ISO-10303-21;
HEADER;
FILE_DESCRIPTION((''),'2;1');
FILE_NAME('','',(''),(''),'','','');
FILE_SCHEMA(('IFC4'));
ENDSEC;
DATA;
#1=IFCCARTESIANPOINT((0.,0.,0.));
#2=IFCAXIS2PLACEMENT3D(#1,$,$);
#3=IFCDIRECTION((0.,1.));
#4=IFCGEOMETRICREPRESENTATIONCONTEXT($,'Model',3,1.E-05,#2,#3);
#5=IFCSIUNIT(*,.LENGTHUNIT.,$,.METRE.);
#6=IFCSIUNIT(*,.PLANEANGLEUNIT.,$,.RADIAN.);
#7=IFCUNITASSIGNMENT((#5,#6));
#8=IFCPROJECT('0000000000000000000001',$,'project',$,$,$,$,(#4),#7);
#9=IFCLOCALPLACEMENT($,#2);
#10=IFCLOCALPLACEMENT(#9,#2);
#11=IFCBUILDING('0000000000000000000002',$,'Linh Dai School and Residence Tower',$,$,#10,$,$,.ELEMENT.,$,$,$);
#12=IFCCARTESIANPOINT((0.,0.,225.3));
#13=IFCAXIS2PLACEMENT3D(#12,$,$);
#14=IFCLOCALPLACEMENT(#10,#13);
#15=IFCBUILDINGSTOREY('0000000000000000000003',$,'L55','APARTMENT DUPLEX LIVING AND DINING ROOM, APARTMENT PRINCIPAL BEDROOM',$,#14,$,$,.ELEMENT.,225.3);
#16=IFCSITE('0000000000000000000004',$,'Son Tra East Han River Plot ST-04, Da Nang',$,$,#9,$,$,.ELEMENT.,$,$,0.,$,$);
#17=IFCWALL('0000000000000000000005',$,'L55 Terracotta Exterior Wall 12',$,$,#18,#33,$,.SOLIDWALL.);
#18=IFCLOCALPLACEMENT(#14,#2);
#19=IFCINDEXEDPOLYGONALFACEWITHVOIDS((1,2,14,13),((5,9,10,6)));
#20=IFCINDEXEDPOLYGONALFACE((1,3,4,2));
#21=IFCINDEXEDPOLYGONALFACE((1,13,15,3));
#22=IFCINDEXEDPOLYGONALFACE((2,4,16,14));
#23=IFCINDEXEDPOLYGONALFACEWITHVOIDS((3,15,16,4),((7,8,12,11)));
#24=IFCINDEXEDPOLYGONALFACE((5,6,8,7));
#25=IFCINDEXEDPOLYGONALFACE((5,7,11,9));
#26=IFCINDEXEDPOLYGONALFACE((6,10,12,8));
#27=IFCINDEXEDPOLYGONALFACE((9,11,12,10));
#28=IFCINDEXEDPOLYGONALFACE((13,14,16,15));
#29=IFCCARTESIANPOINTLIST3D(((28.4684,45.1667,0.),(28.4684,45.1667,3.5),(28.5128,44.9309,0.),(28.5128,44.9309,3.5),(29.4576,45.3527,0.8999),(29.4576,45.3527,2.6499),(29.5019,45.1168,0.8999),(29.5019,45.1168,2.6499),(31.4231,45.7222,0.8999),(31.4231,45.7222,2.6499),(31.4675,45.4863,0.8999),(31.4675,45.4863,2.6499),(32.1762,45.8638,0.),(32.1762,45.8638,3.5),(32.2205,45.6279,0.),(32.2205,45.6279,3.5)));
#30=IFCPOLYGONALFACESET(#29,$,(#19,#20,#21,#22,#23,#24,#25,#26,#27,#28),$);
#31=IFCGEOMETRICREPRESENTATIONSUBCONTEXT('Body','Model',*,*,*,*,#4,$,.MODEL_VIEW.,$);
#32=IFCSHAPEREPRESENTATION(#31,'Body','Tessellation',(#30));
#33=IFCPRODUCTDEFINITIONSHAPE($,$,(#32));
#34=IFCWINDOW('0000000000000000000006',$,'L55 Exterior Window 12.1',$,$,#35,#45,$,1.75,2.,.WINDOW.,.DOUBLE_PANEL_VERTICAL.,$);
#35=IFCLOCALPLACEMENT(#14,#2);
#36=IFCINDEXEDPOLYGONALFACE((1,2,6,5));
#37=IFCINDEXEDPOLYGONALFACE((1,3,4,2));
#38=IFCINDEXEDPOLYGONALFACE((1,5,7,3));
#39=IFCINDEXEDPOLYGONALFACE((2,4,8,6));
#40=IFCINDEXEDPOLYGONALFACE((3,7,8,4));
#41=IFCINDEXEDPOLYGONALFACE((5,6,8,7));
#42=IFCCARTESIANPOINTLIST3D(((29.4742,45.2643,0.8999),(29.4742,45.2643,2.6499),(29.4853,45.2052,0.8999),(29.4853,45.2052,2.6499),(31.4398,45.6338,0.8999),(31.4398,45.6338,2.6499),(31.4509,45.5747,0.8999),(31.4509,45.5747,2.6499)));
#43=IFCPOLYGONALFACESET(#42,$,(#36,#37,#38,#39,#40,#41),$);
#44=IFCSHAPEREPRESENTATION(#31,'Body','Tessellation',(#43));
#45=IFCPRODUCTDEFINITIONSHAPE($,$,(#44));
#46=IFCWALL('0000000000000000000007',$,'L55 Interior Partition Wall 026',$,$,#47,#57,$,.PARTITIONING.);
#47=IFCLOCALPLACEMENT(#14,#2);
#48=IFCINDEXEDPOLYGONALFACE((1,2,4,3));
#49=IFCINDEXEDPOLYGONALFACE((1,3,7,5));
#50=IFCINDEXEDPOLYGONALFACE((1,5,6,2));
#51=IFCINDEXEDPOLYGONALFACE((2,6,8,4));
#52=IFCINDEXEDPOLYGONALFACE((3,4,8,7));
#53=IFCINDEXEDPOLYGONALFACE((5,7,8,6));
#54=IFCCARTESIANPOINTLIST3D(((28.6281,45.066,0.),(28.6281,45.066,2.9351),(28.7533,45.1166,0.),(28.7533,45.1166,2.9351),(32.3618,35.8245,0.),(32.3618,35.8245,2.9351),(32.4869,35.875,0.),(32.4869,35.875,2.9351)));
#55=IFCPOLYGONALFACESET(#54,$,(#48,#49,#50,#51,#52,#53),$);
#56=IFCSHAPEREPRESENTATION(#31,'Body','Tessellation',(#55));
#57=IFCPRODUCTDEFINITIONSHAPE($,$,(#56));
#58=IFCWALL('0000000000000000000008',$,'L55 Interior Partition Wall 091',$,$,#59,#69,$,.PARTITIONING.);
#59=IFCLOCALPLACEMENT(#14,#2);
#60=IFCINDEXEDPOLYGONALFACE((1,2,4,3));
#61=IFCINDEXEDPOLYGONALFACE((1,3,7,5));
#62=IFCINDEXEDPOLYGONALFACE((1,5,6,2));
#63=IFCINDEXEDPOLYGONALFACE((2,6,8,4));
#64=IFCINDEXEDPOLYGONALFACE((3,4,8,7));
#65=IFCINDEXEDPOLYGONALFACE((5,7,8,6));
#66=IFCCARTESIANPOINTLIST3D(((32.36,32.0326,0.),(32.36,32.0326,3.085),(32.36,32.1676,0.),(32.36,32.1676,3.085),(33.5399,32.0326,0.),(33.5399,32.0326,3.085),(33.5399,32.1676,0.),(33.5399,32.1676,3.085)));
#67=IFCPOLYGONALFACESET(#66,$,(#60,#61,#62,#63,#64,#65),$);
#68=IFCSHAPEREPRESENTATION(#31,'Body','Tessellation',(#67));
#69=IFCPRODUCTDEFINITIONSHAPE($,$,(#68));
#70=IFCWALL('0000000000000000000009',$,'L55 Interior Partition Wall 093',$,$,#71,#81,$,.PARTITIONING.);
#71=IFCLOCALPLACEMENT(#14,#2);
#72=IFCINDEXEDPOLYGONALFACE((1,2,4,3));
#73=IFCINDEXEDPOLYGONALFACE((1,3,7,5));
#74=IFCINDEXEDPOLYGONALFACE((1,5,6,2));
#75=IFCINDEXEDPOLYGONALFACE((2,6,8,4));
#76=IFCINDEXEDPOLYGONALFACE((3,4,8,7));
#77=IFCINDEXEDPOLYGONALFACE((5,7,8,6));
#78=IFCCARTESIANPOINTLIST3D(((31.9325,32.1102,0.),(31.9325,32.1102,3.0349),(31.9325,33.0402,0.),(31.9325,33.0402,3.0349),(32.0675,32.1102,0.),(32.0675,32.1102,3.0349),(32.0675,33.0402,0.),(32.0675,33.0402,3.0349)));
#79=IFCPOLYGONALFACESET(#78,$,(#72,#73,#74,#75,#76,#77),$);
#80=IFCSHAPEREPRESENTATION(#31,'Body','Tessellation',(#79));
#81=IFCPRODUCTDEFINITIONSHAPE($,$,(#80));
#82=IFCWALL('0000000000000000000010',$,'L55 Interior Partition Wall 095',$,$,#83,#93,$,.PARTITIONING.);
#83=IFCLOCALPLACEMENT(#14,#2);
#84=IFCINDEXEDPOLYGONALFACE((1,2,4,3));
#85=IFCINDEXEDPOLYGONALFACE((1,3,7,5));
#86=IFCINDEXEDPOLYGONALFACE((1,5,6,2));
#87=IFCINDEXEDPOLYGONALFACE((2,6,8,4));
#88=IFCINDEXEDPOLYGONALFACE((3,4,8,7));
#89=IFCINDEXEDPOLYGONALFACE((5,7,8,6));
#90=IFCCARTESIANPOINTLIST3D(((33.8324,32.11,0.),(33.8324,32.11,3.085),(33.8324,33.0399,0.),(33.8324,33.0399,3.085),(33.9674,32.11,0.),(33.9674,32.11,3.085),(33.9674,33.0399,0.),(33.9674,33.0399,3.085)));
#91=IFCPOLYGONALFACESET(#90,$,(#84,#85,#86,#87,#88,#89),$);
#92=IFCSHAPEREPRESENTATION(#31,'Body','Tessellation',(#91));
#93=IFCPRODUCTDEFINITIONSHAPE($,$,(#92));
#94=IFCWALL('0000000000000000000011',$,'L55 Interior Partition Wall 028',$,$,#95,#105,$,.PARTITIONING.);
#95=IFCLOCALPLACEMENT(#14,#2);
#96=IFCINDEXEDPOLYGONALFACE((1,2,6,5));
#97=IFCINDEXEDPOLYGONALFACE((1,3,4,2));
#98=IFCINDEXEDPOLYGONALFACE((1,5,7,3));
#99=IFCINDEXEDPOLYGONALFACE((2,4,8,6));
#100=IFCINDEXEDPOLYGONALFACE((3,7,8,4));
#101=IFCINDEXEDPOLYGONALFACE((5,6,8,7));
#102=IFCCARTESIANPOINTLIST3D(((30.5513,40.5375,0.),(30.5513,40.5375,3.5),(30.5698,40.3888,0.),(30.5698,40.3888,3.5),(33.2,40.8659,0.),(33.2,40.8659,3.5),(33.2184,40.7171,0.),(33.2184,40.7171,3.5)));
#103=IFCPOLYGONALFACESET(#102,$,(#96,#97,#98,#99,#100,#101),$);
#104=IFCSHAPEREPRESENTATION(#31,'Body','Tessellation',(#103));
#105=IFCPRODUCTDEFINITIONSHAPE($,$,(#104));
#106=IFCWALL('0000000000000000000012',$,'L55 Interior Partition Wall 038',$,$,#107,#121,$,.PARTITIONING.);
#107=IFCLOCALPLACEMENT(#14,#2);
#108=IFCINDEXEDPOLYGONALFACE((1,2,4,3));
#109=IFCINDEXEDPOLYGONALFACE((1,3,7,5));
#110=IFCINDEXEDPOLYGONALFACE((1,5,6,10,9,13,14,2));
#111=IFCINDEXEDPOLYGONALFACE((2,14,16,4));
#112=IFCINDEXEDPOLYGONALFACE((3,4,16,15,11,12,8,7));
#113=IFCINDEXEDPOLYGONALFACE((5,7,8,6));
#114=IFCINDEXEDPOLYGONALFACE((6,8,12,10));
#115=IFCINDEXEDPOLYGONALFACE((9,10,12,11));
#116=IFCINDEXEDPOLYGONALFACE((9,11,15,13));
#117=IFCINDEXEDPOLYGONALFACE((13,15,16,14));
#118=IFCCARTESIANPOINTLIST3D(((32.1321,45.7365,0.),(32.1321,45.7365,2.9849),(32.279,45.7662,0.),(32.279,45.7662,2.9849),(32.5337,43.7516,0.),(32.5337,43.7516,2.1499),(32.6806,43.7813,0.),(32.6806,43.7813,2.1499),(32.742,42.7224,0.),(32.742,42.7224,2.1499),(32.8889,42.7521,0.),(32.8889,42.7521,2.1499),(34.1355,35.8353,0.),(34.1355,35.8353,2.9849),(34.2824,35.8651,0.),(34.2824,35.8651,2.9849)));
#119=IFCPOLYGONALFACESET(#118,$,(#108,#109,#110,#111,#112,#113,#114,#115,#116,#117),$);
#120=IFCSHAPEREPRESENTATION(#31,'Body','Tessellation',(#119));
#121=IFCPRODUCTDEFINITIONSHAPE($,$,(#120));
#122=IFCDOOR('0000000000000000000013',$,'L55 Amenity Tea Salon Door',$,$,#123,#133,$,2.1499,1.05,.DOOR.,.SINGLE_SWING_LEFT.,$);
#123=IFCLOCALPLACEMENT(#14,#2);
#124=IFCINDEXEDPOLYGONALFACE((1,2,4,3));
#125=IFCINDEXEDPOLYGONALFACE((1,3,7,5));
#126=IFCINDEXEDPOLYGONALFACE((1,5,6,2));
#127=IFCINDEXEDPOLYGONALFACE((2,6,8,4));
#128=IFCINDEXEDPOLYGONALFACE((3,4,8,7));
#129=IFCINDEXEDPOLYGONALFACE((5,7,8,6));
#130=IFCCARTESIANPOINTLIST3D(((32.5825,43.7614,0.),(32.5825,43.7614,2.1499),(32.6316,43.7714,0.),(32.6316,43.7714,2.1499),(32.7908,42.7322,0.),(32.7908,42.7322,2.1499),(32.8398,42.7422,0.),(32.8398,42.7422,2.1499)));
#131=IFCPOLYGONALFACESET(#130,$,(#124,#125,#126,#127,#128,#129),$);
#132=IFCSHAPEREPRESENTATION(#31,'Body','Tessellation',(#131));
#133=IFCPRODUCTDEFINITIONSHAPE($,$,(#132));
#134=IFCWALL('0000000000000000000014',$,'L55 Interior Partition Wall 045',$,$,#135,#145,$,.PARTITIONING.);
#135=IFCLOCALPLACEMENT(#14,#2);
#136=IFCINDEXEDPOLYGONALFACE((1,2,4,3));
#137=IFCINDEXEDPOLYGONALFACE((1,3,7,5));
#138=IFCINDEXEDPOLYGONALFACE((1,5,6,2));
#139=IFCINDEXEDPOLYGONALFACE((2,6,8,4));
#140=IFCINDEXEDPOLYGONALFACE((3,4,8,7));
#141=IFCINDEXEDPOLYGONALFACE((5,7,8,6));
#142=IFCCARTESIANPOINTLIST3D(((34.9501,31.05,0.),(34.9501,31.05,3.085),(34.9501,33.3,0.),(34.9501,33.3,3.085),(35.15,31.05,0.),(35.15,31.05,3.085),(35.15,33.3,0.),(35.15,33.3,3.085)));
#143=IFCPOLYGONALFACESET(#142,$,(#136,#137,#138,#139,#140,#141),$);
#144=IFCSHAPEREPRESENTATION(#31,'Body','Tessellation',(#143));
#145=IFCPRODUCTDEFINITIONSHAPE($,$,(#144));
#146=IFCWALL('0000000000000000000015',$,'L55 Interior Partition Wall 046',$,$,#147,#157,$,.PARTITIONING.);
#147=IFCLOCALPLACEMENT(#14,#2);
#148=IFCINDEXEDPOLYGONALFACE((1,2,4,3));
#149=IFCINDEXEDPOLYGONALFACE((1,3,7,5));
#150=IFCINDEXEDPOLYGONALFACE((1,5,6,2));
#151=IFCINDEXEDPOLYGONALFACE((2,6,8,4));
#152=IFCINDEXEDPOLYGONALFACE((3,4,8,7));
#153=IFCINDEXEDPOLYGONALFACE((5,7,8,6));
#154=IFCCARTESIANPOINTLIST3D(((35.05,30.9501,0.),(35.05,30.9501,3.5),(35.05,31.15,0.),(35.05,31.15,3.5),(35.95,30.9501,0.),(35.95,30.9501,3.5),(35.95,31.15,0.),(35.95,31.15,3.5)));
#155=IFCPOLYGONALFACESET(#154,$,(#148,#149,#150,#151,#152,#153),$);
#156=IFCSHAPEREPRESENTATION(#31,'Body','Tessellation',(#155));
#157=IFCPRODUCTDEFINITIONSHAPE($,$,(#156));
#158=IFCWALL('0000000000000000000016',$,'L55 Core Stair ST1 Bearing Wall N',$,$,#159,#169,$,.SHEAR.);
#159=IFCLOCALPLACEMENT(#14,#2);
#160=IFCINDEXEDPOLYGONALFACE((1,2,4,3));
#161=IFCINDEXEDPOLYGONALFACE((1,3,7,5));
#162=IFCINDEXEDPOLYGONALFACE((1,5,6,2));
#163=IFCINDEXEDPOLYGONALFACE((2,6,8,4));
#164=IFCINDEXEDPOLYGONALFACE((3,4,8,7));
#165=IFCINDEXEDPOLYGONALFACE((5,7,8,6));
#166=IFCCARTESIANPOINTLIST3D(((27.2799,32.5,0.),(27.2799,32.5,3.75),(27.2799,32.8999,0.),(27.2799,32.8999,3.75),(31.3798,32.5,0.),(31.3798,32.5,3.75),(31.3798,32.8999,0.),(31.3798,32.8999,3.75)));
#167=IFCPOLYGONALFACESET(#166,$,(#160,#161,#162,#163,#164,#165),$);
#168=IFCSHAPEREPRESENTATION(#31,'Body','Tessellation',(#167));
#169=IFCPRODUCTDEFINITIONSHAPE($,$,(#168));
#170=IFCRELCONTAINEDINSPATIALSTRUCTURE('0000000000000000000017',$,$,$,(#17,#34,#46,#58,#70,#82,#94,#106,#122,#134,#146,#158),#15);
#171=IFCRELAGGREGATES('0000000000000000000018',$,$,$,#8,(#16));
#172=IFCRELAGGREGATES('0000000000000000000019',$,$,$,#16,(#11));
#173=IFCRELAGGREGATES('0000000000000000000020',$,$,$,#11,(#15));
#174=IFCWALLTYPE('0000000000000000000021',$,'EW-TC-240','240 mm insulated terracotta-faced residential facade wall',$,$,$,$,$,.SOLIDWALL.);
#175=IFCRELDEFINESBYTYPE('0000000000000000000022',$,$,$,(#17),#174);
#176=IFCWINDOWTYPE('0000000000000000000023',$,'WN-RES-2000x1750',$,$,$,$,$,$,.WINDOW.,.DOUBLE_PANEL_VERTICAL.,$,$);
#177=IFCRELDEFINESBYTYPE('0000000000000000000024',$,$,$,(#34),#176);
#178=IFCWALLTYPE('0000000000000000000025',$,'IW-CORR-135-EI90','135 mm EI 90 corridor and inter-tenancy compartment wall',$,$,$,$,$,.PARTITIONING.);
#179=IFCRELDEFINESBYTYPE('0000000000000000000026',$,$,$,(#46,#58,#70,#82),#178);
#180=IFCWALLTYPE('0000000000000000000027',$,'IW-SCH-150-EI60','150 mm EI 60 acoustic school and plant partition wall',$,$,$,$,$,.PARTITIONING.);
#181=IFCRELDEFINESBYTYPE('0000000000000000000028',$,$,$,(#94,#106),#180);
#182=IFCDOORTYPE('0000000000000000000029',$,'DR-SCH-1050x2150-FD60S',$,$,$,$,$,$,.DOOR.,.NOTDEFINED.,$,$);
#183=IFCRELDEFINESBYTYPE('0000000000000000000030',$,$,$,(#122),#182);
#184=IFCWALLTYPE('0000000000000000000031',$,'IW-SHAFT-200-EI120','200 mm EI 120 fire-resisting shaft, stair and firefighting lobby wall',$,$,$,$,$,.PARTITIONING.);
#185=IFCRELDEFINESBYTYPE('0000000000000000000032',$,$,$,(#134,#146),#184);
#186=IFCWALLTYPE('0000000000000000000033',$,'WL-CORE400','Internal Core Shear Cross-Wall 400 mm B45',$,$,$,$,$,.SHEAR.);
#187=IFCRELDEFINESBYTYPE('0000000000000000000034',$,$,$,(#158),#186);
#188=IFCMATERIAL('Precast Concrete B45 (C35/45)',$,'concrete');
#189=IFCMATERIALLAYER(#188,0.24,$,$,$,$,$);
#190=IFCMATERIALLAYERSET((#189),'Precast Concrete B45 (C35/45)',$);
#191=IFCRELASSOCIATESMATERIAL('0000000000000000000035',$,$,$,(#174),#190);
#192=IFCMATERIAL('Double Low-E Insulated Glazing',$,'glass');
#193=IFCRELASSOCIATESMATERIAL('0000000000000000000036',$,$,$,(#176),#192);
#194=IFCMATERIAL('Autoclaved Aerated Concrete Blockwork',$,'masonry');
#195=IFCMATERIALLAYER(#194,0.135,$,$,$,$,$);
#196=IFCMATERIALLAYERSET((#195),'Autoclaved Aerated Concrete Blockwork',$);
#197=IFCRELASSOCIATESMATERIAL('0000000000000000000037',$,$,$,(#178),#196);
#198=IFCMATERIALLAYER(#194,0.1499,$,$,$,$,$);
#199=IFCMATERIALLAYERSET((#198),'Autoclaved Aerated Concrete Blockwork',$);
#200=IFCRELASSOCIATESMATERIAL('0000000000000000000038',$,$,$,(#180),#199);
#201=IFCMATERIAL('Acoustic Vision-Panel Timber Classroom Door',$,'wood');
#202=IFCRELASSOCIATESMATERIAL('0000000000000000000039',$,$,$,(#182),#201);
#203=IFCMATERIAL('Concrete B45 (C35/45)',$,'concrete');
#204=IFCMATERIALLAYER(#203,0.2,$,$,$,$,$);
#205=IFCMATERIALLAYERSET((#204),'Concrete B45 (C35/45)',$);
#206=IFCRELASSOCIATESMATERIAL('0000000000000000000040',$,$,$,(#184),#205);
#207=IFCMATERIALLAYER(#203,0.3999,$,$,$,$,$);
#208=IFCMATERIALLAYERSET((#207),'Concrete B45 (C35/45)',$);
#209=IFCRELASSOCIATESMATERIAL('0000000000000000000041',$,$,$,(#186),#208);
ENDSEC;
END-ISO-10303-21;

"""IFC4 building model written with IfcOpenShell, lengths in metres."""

from ifc_helpers import new_model, si_unit, direction, frame, frame_2d, origin, origin_2d, place, context, subcontext, project, spatial, rectangle, extrude, source, transform, mapped, material, layer, layer_set, type_object, element, fill, save


model = new_model("IFC4")

# Units and contexts
model_context = context("Model", 3, precision=1e-05, world=origin(), true_north=direction((0.0, 1.0)))
body_context = subcontext(model_context, "Body", "Model", "MODEL_VIEW")
ifc_project = project(units=[si_unit("LENGTHUNIT", "METRE"), si_unit("PLANEANGLEUNIT", "RADIAN")], contexts=[model_context])

# Site, building, storey
site_placement = place(None, origin())
site = spatial("IfcSite", under=ifc_project, at=site_placement, Name="Son Tra East Han River Plot ST-04, Da Nang", CompositionType="ELEMENT", RefElevation=0.0)
building_placement = place(site_placement, origin())
building = spatial("IfcBuilding", under=site, at=building_placement, Name="Linh Dai School and Residence Tower", CompositionType="ELEMENT")
storey_placement = place(building_placement, frame((0.0, 0.0, 225.3)))
storey = spatial("IfcBuildingStorey", under=building, at=storey_placement, Name="L55", Description="APARTMENT DUPLEX LIVING AND DINING ROOM, APARTMENT PRINCIPAL BEDROOM", CompositionType="ELEMENT", Elevation=225.3)

# Wall, opening, window
ifc_material_1 = material(Name="Precast Concrete B45 (C35/45)", Category="concrete")
ifc_layer_1 = layer(ifc_material_1, 0.24)
ifc_layer_set_1 = layer_set([ifc_layer_1], Name="Precast Concrete B45 (C35/45)")
wall_type_1 = type_object("IfcWallType", Name="EW-TC-240", Description="240 mm insulated terracotta-faced residential facade wall", PredefinedType="SOLIDWALL", material=ifc_layer_set_1)
ifc_material_2 = material(Name="Double Low-E Insulated Glazing", Category="glass")
window_type = type_object("IfcWindowType", Name="WN-RES-2000x1750", PartitioningType="DOUBLE_PANEL_VERTICAL", PredefinedType="WINDOW", material=ifc_material_2)
shared_shape_1 = source(origin(), body_context, "Body", "SweptSolid", [
    extrude(rectangle(XDim=2.0, YDim=1.75, at=origin_2d()), frame((1.0, 0.03, 0.875), z_axis=(0.0, -1.0, 0.0), x_axis=(1.0, 0.0, 0.0)), (0.0, 0.0, 1.0), 0.0601),
])
wall_1_placement = place(storey_placement, frame((28.4907, 45.0488, 0.0), z_axis=(0.0, 0.0, 1.0), x_axis=(0.982785, 0.184753, 0.0)))
wall_1 = element("IfcWall", 1, at=wall_1_placement, inside=storey, type_object=wall_type_1, Name="L55 Terracotta Exterior Wall 12", PredefinedType="SOLIDWALL", context=body_context, shape_type="SweptSolid", body=[
    extrude(rectangle(XDim=3.7727, YDim=0.24, at=frame_2d((1.8862, 0.0))), origin(), (0.0, 0.0, 1.0), 3.5),
])
opening_1_placement = place(wall_1_placement, frame((1.0063, 0.0, 0.8999)))
opening_1 = element("IfcOpeningElement", 2, at=opening_1_placement, cuts=wall_1, PredefinedType="OPENING", context=body_context, shape_type="SweptSolid", body=[
    extrude(rectangle(XDim=2.0, YDim=1.75, at=origin_2d()), frame((1.0, 0.1299, 0.875), z_axis=(0.0, -1.0, 0.0), x_axis=(1.0, 0.0, 0.0)), (0.0, 0.0, 1.0), 0.26),
])
window_1_placement = place(opening_1_placement, origin())
window_1 = element("IfcWindow", 3, at=window_1_placement, inside=storey, type_object=window_type, Name="L55 Exterior Window 12.1", OverallHeight=1.75, OverallWidth=2.0, PartitioningType="DOUBLE_PANEL_VERTICAL", PredefinedType="WINDOW", context=body_context, shape_type="MappedRepresentation", body=[
    mapped(shared_shape_1, transform((0.0, 0.0, 0.0), x_axis=(1.0, 0.0, 0.0), y_axis=(0.0, 1.0, 0.0), z_axis=(0.0, 0.0, 1.0), scale=1.0)),
])
fill(opening_1, window_1)

# Walls
ifc_material_3 = material(Name="Autoclaved Aerated Concrete Blockwork", Category="masonry")
ifc_layer_2 = layer(ifc_material_3, 0.135)
ifc_layer_set_2 = layer_set([ifc_layer_2], Name="Autoclaved Aerated Concrete Blockwork")
wall_type_2 = type_object("IfcWallType", Name="IW-CORR-135-EI90", Description="135 mm EI 90 corridor and inter-tenancy compartment wall", PredefinedType="PARTITIONING", material=ifc_layer_set_2)
wall_2_placement = place(storey_placement, frame((28.6907, 45.0913, 0.0), z_axis=(0.0, 0.0, 1.0), x_axis=(0.374594, -0.927189, 0.0)))
element("IfcWall", 4, at=wall_2_placement, inside=storey, type_object=wall_type_2, Name="L55 Interior Partition Wall 026", PredefinedType="PARTITIONING", context=body_context, shape_type="SweptSolid", body=[
    extrude(rectangle(XDim=9.9673, YDim=0.135, at=frame_2d((4.9836, 0.0))), origin(), (0.0, 0.0, 1.0), 2.9351),
])
wall_3_placement = place(storey_placement, frame((32.3601, 32.1001, 0.0), z_axis=(0.0, 0.0, 1.0), x_axis=(1.0, 0.0, 0.0)))
element("IfcWall", 5, at=wall_3_placement, inside=storey, type_object=wall_type_2, Name="L55 Interior Partition Wall 091", PredefinedType="PARTITIONING", context=body_context, shape_type="SweptSolid", body=[
    extrude(rectangle(XDim=1.1799, YDim=0.135, at=frame_2d((0.5898, 0.0))), origin(), (0.0, 0.0, 1.0), 3.085),
])
wall_4_placement = place(storey_placement, frame((32.0, 33.04, 0.0), z_axis=(0.0, 0.0, 1.0), x_axis=(0.0, -1.0, 0.0)))
element("IfcWall", 6, at=wall_4_placement, inside=storey, type_object=wall_type_2, Name="L55 Interior Partition Wall 093", PredefinedType="PARTITIONING", context=body_context, shape_type="SweptSolid", body=[
    extrude(rectangle(XDim=0.9299, YDim=0.135, at=frame_2d((0.4648, 0.0))), origin(), (0.0, 0.0, 1.0), 3.0349),
])
wall_5_placement = place(storey_placement, frame((33.8999, 32.1101, 0.0), z_axis=(0.0, 0.0, 1.0), x_axis=(0.0, 1.0, 0.0)))
element("IfcWall", 7, at=wall_5_placement, inside=storey, type_object=wall_type_2, Name="L55 Interior Partition Wall 095", PredefinedType="PARTITIONING", context=body_context, shape_type="SweptSolid", body=[
    extrude(rectangle(XDim=0.9299, YDim=0.135, at=frame_2d((0.4648, 0.0))), origin(), (0.0, 0.0, 1.0), 3.085),
])
ifc_layer_3 = layer(ifc_material_3, 0.1499)
ifc_layer_set_3 = layer_set([ifc_layer_3], Name="Autoclaved Aerated Concrete Blockwork")
wall_type_3 = type_object("IfcWallType", Name="IW-SCH-150-EI60", Description="150 mm EI 60 acoustic school and plant partition wall", PredefinedType="PARTITIONING", material=ifc_layer_set_3)
wall_6_placement = place(storey_placement, frame((30.5605, 40.4631, 0.0), z_axis=(0.0, 0.0, 1.0), x_axis=(0.992403, 0.123033, 0.0)))
element("IfcWall", 8, at=wall_6_placement, inside=storey, type_object=wall_type_3, Name="L55 Interior Partition Wall 028", PredefinedType="PARTITIONING", context=body_context, shape_type="SweptSolid", body=[
    extrude(rectangle(XDim=2.6689, YDim=0.1499, at=frame_2d((1.3345, 0.0))), origin(), (0.0, 0.0, 1.0), 3.5),
])

# Wall, opening, door
wall_7_placement = place(storey_placement, frame((32.2056, 45.7512, 0.0), z_axis=(0.0, 0.0, 1.0), x_axis=(0.198323, -0.980137, 0.0)))
wall_7 = element("IfcWall", 9, at=wall_7_placement, inside=storey, type_object=wall_type_3, Name="L55 Interior Partition Wall 038", PredefinedType="PARTITIONING", context=body_context, shape_type="SweptSolid", body=[
    extrude(rectangle(XDim=10.1018, YDim=0.1499, at=frame_2d((5.0508, 0.0))), origin(), (0.0, 0.0, 1.0), 2.9849),
])
opening_2_placement = place(wall_7_placement, frame((2.0251, 0.0, 0.0)))
opening_2 = element("IfcOpeningElement", 10, at=opening_2_placement, cuts=wall_7, PredefinedType="OPENING", context=body_context, shape_type="SweptSolid", body=[
    extrude(rectangle(XDim=1.05, YDim=2.1499, at=origin_2d()), frame((0.5249, 0.085, 1.075), z_axis=(0.0, -1.0, 0.0), x_axis=(1.0, 0.0, 0.0)), (0.0, 0.0, 1.0), 0.1699),
])
ifc_material_4 = material(Name="Acoustic Vision-Panel Timber Classroom Door", Category="wood")
door_type = type_object("IfcDoorType", Name="DR-SCH-1050x2150-FD60S", OperationType="NOTDEFINED", PredefinedType="DOOR", material=ifc_material_4)
shared_shape_2 = source(origin(), body_context, "Body", "SweptSolid", [
    extrude(rectangle(XDim=1.05, YDim=2.1499, at=origin_2d()), frame((0.5249, 0.0249, 1.075), z_axis=(0.0, -1.0, 0.0), x_axis=(1.0, 0.0, 0.0)), (0.0, 0.0, 1.0), 0.05),
])
door_placement = place(opening_2_placement, origin())
door = element("IfcDoor", 11, at=door_placement, inside=storey, type_object=door_type, Name="L55 Amenity Tea Salon Door", OperationType="SINGLE_SWING_LEFT", OverallHeight=2.1499, OverallWidth=1.05, PredefinedType="DOOR", context=body_context, shape_type="MappedRepresentation", body=[
    mapped(shared_shape_2, transform((0.0, 0.0, 0.0), x_axis=(1.0, 0.0, 0.0), y_axis=(0.0, 1.0, 0.0), z_axis=(0.0, 0.0, 1.0), scale=1.0)),
])
fill(opening_2, door)

# Walls
ifc_material_5 = material(Name="Concrete B45 (C35/45)", Category="concrete")
ifc_layer_4 = layer(ifc_material_5, 0.2)
ifc_layer_set_4 = layer_set([ifc_layer_4], Name="Concrete B45 (C35/45)")
wall_type_4 = type_object("IfcWallType", Name="IW-SHAFT-200-EI120", Description="200 mm EI 120 fire-resisting shaft, stair and firefighting lobby wall", PredefinedType="PARTITIONING", material=ifc_layer_set_4)
wall_8_placement = place(storey_placement, frame((35.05, 31.05, 0.0), z_axis=(0.0, 0.0, 1.0), x_axis=(0.0, 1.0, 0.0)))
element("IfcWall", 12, at=wall_8_placement, inside=storey, type_object=wall_type_4, Name="L55 Interior Partition Wall 045", PredefinedType="PARTITIONING", context=body_context, shape_type="SweptSolid", body=[
    extrude(rectangle(XDim=2.25, YDim=0.2, at=frame_2d((1.125, 0.0))), origin(), (0.0, 0.0, 1.0), 3.085),
])
wall_9_placement = place(storey_placement, frame((35.05, 31.05, 0.0), z_axis=(0.0, 0.0, 1.0), x_axis=(1.0, 0.0, 0.0)))
element("IfcWall", 13, at=wall_9_placement, inside=storey, type_object=wall_type_4, Name="L55 Interior Partition Wall 046", PredefinedType="PARTITIONING", context=body_context, shape_type="SweptSolid", body=[
    extrude(rectangle(XDim=0.8999, YDim=0.2, at=frame_2d((0.45, 0.0))), origin(), (0.0, 0.0, 1.0), 3.5),
])
ifc_layer_5 = layer(ifc_material_5, 0.3999)
ifc_layer_set_5 = layer_set([ifc_layer_5], Name="Concrete B45 (C35/45)")
wall_type_5 = type_object("IfcWallType", Name="WL-CORE400", Description="Internal Core Shear Cross-Wall 400 mm B45", PredefinedType="SHEAR", material=ifc_layer_set_5)
wall_10_placement = place(storey_placement, frame((27.28, 32.7, 0.0), z_axis=(0.0, 0.0, 1.0), x_axis=(1.0, 0.0, 0.0)))
element("IfcWall", 14, at=wall_10_placement, inside=storey, type_object=wall_type_5, Name="L55 Core Stair ST1 Bearing Wall N", PredefinedType="SHEAR", context=body_context, shape_type="SweptSolid", body=[
    extrude(rectangle(XDim=4.0999, YDim=0.3999, at=frame_2d((2.0498, 0.0))), origin(), (0.0, 0.0, 1.0), 3.75),
])

save(model, "model.ifc")
